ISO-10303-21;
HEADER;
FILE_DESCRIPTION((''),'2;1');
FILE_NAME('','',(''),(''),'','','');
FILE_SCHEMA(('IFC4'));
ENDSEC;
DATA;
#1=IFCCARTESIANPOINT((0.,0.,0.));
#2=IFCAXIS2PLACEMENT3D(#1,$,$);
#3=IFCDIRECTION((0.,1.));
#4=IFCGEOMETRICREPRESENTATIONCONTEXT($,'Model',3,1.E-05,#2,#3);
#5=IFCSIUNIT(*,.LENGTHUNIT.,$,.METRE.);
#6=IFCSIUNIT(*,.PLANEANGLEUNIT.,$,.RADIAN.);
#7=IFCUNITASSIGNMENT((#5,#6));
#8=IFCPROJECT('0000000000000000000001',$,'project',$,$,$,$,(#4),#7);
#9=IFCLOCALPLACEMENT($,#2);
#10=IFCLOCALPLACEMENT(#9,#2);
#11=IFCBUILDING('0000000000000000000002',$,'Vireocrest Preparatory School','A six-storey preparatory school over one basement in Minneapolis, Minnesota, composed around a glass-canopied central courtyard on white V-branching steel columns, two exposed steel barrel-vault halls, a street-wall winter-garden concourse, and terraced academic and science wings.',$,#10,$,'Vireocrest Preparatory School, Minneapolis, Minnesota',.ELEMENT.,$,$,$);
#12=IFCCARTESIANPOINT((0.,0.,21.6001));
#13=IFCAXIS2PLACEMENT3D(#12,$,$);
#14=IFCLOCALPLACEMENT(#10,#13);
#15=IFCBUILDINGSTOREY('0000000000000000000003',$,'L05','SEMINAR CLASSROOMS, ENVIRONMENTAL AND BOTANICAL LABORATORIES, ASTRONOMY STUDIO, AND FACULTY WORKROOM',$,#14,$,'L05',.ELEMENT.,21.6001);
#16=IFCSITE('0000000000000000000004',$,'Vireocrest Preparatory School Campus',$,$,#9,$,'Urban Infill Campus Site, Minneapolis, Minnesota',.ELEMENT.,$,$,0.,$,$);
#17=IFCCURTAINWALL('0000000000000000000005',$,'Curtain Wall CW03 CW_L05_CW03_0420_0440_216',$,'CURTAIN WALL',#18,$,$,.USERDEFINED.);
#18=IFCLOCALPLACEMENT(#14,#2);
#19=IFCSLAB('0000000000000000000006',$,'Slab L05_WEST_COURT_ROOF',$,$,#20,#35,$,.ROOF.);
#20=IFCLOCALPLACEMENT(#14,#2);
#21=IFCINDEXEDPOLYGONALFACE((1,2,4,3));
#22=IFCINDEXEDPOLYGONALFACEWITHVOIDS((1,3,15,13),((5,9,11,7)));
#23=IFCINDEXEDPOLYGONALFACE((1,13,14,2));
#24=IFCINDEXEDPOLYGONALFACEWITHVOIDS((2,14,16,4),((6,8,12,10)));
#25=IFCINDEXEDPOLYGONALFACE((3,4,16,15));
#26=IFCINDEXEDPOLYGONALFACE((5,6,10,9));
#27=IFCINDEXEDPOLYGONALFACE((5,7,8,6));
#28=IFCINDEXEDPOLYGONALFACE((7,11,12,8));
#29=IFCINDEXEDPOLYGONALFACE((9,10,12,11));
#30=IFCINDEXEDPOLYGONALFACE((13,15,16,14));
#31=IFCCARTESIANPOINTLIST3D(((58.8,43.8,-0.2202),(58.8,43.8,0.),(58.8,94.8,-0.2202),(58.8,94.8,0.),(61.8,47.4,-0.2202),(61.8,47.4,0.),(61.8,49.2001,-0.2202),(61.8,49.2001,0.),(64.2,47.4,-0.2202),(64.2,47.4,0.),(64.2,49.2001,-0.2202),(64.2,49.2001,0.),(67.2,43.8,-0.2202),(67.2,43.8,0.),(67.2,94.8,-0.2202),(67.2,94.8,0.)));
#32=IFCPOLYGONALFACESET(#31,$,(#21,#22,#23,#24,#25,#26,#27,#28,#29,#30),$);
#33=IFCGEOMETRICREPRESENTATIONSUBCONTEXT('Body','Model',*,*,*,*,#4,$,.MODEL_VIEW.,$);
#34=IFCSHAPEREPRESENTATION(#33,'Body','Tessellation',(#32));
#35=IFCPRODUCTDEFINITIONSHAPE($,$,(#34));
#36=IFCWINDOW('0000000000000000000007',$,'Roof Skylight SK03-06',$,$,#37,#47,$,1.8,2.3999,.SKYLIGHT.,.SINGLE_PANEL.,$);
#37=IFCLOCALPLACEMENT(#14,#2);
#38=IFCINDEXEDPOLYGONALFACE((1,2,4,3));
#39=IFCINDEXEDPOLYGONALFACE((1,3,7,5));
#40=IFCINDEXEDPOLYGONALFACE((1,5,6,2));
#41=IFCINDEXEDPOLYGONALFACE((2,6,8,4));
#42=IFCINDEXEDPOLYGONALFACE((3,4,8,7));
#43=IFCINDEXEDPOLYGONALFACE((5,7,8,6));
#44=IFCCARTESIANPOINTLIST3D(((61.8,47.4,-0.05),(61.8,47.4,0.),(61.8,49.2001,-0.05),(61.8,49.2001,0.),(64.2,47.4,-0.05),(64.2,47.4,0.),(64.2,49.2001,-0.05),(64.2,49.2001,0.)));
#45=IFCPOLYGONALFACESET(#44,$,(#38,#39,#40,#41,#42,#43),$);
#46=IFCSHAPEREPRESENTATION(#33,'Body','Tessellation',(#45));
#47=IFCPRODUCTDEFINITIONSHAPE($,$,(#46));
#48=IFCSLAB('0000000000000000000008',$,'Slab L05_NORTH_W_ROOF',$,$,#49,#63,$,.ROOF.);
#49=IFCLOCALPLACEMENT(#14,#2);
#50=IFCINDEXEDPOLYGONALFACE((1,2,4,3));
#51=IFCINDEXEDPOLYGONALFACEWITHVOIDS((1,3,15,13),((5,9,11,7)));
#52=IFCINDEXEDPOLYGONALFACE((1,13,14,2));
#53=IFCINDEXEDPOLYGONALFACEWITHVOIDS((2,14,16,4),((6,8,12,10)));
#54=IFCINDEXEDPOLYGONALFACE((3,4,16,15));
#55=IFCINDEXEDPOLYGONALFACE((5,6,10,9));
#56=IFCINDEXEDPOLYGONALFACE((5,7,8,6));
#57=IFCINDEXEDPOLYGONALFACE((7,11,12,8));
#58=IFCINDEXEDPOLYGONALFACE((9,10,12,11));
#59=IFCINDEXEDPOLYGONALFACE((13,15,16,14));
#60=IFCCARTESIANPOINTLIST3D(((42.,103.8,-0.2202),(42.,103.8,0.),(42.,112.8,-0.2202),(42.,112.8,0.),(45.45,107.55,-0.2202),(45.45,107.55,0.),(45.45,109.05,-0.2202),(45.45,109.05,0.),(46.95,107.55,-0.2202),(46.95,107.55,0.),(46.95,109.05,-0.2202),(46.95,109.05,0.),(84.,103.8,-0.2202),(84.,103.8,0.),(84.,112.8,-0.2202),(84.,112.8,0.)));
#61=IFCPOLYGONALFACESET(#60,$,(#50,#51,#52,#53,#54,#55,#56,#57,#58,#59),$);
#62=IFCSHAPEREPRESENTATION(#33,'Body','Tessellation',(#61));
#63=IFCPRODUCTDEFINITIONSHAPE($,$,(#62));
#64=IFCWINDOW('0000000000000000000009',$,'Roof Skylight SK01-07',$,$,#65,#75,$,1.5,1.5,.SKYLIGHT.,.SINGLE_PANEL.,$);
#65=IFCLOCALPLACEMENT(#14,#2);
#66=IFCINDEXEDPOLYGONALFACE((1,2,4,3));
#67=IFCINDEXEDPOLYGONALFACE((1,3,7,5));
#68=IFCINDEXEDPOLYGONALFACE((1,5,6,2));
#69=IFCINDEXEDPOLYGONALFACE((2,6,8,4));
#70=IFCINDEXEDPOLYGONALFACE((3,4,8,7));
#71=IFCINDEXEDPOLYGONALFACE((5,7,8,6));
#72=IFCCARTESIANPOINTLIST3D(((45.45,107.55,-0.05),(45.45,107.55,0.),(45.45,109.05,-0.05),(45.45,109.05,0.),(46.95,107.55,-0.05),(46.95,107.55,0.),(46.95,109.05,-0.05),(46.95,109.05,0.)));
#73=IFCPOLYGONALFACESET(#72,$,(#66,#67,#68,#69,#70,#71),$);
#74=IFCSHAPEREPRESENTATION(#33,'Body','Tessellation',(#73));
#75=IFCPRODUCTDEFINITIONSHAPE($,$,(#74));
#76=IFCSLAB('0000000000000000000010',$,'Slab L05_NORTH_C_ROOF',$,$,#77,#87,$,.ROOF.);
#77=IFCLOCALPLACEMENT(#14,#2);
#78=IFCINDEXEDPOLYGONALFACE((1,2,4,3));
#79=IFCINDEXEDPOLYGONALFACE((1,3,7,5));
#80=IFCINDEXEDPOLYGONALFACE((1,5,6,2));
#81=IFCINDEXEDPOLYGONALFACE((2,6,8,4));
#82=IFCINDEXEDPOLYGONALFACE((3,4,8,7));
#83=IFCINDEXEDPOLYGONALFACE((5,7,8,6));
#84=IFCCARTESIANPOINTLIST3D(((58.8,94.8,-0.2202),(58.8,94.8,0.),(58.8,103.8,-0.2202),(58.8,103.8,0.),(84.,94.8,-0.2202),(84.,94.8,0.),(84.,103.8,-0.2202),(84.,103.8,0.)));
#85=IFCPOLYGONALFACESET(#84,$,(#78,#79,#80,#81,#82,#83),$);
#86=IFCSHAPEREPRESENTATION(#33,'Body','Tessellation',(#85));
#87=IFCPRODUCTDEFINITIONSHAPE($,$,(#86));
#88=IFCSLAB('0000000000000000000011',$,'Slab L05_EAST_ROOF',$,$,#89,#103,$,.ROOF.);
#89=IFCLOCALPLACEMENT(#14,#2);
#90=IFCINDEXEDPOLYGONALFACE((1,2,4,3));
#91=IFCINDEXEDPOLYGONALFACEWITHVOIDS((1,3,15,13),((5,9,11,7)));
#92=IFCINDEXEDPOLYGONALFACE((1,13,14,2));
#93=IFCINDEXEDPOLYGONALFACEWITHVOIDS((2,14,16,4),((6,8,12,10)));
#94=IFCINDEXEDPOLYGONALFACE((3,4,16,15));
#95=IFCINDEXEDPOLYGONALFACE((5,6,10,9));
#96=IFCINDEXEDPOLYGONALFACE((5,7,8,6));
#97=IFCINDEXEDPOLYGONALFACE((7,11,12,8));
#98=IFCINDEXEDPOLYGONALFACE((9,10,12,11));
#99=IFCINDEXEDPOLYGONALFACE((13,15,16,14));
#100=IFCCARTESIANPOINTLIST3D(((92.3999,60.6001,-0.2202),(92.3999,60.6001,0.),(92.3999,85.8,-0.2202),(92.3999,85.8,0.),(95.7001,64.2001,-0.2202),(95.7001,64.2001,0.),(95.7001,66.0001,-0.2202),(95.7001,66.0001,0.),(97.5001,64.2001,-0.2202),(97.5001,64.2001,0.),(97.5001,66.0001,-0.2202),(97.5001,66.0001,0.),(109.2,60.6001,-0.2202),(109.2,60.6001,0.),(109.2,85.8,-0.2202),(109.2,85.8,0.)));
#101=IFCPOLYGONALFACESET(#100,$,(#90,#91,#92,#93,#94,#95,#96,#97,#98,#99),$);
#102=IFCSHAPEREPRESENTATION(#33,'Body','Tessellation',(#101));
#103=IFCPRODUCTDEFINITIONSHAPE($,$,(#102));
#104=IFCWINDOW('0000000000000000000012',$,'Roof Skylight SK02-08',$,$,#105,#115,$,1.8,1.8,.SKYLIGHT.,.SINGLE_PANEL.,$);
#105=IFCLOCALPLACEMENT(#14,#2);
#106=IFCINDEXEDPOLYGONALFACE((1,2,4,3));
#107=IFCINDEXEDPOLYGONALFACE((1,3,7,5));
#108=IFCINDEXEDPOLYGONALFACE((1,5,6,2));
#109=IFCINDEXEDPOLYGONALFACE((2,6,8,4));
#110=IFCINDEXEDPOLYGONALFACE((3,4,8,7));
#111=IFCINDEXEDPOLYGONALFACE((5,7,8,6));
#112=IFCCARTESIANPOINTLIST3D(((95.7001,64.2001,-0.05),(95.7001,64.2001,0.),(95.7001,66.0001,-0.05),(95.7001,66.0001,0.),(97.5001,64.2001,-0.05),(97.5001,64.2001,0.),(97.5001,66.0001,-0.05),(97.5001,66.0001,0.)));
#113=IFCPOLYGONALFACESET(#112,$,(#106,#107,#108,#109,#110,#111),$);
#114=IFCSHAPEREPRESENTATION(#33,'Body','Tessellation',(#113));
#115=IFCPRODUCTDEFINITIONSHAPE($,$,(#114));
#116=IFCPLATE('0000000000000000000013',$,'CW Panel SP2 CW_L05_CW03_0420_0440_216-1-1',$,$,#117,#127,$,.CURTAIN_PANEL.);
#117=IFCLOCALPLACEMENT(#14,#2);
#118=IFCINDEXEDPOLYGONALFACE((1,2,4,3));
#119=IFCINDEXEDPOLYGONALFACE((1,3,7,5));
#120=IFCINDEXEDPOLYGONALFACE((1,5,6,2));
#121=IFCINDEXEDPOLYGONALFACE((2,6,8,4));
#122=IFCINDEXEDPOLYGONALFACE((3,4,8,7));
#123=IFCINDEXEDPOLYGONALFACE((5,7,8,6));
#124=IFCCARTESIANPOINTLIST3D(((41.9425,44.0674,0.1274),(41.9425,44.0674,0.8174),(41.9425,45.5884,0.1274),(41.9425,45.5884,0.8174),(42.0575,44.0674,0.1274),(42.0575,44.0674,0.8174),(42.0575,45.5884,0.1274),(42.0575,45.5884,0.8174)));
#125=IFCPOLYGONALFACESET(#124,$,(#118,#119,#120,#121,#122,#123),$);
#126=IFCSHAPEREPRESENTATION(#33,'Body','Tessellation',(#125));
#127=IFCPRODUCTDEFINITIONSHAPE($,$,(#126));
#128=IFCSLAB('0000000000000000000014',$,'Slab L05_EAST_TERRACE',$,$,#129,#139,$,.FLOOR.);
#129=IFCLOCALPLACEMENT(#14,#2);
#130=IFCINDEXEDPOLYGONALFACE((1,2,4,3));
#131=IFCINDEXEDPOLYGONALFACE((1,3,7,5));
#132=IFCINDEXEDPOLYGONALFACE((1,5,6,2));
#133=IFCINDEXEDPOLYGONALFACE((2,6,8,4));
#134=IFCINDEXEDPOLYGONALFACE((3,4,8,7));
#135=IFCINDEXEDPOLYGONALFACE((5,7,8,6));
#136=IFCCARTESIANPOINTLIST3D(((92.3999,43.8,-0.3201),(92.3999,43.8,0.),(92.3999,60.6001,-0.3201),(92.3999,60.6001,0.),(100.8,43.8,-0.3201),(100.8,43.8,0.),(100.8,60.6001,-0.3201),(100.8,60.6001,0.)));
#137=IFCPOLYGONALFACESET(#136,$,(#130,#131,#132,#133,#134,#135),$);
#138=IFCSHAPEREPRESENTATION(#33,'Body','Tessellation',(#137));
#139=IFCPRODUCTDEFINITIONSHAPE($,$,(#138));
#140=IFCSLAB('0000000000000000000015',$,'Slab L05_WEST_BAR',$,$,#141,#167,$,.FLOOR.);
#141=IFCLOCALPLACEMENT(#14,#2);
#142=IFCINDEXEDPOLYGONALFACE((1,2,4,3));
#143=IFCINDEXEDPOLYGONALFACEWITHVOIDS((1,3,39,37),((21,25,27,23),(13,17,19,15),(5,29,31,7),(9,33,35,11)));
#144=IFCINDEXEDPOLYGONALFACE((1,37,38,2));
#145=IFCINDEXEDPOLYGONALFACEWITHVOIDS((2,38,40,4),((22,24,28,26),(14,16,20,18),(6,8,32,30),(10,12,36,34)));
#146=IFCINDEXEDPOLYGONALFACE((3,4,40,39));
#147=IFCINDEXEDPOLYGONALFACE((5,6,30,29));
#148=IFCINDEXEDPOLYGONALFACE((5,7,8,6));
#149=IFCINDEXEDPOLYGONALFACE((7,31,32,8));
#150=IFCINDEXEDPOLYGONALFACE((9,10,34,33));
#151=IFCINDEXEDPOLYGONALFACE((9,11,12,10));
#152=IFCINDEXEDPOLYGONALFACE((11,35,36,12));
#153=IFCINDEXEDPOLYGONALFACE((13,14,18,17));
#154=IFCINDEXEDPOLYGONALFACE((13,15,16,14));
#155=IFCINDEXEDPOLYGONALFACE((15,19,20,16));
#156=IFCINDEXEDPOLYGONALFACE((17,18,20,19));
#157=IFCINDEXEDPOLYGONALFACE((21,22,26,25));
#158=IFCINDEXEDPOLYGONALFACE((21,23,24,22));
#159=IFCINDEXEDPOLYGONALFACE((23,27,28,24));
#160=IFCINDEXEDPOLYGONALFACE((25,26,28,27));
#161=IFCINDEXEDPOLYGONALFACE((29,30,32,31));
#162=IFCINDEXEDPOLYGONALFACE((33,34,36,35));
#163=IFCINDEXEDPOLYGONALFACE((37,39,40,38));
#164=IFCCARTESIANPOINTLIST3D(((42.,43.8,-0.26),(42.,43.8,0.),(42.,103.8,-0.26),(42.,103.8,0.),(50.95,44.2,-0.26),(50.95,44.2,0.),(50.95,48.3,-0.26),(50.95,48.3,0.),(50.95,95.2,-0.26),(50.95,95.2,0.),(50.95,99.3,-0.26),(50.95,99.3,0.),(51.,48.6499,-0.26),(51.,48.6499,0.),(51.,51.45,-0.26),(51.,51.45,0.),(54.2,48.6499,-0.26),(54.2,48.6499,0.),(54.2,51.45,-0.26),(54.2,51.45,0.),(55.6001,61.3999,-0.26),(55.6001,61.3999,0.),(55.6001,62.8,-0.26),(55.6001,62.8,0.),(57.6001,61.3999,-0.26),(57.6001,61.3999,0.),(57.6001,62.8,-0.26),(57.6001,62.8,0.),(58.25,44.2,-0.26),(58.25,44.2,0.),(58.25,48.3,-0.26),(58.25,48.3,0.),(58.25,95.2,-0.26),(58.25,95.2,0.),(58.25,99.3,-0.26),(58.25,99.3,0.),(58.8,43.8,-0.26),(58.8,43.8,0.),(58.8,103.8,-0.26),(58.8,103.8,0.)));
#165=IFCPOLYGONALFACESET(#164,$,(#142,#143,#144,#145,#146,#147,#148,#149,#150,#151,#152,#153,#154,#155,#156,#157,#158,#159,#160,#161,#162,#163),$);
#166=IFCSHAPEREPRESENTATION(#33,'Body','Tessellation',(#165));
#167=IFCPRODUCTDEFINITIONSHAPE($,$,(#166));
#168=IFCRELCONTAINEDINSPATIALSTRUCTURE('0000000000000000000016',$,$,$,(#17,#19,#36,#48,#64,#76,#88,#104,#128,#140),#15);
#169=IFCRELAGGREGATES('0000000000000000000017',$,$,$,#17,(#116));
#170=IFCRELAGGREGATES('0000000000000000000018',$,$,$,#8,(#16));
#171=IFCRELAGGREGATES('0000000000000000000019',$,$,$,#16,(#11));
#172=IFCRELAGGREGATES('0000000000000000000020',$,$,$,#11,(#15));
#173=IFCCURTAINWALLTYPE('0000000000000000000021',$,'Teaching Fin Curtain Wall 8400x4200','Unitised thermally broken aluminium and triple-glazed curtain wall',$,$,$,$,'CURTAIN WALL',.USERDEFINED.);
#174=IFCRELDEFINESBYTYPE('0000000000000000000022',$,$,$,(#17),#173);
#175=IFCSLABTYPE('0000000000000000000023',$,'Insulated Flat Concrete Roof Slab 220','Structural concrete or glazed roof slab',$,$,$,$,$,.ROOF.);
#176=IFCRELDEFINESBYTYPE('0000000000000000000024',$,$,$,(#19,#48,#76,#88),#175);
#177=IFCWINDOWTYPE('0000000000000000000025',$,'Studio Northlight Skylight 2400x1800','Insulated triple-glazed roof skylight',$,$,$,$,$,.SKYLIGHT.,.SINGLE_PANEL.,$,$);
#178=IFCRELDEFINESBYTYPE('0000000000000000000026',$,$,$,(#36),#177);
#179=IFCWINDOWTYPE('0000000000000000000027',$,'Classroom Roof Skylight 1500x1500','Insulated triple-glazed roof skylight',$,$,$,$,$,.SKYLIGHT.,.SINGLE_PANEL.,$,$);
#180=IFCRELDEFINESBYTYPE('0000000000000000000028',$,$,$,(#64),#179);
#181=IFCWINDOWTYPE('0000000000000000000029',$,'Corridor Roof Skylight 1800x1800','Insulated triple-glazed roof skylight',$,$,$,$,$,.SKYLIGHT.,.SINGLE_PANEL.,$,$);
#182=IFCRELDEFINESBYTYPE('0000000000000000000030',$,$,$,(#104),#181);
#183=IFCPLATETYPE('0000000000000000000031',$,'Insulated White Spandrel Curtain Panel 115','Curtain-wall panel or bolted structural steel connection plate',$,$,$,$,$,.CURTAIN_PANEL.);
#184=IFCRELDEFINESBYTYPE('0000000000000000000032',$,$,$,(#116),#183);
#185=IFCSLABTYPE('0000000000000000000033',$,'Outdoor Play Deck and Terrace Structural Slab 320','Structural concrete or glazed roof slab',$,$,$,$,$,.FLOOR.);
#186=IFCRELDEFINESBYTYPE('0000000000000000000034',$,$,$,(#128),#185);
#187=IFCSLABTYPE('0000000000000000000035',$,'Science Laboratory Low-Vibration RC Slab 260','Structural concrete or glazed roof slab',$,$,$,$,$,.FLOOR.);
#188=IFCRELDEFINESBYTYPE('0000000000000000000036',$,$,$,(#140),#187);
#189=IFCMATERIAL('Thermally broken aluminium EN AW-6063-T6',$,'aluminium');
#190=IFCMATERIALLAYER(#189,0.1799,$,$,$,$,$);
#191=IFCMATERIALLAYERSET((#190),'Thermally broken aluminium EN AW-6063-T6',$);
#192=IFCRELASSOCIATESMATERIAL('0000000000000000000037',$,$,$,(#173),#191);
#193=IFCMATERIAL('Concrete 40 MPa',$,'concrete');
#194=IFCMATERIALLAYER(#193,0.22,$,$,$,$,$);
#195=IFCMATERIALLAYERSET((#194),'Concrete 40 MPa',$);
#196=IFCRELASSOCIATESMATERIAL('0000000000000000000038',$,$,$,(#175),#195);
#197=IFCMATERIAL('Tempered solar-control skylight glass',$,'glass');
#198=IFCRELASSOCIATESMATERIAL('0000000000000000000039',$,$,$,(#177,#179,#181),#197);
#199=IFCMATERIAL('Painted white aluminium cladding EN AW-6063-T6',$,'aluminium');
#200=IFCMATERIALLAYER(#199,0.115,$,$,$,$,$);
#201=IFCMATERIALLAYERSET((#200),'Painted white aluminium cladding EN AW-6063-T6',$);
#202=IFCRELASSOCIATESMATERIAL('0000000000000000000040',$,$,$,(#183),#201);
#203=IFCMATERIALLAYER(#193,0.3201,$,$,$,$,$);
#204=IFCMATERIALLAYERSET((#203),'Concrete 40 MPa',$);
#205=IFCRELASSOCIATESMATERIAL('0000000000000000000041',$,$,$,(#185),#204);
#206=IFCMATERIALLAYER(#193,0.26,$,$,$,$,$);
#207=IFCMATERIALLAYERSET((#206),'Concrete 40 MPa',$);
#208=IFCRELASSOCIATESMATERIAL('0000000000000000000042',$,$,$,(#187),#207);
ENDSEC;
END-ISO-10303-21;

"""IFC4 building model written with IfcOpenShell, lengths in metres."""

from ifc_helpers import new_model, si_unit, direction, frame, origin, origin_2d, place, context, subcontext, project, spatial, polyline, rectangle, outline, extrude, material, layer, layer_set, type_object, element, fill, aggregate, save


model = new_model("IFC4")

# Units and contexts
model_context = context("Model", 3, precision=1e-05, world=origin(), true_north=direction((0.0, 1.0)))
body_context = subcontext(model_context, "Body", "Model", "MODEL_VIEW")
ifc_project = project(units=[si_unit("LENGTHUNIT", "METRE"), si_unit("PLANEANGLEUNIT", "RADIAN")], contexts=[model_context])

# Site, building, storey
site_placement = place(None, origin())
site = spatial("IfcSite", under=ifc_project, at=site_placement, Name="Vireocrest Preparatory School Campus", LongName="Urban Infill Campus Site, Minneapolis, Minnesota", CompositionType="ELEMENT", RefElevation=0.0)
building_placement = place(site_placement, origin())
building = spatial("IfcBuilding", under=site, at=building_placement, Name="Vireocrest Preparatory School", Description="A six-storey preparatory school over one basement in Minneapolis, Minnesota, composed around a glass-canopied central courtyard on white V-branching steel columns, two exposed steel barrel-vault halls, a street-wall winter-garden concourse, and terraced academic and science wings.", LongName="Vireocrest Preparatory School, Minneapolis, Minnesota", CompositionType="ELEMENT")
storey_placement = place(building_placement, frame((0.0, 0.0, 21.6001)))
storey = spatial("IfcBuildingStorey", under=building, at=storey_placement, Name="L05", Description="SEMINAR CLASSROOMS, ENVIRONMENTAL AND BOTANICAL LABORATORIES, ASTRONOMY STUDIO, AND FACULTY WORKROOM", LongName="L05", CompositionType="ELEMENT", Elevation=21.6001)

# Curtain wall
ifc_material_1 = material(Name="Thermally broken aluminium EN AW-6063-T6", Category="aluminium")
ifc_layer_1 = layer(ifc_material_1, 0.1799)
ifc_layer_set_1 = layer_set([ifc_layer_1], Name="Thermally broken aluminium EN AW-6063-T6")
curtain_wall_type = type_object("IfcCurtainWallType", Name="Teaching Fin Curtain Wall 8400x4200", Description="Unitised thermally broken aluminium and triple-glazed curtain wall", ElementType="CURTAIN WALL", PredefinedType="USERDEFINED", material=ifc_layer_set_1)
curtain_wall_placement = place(storey_placement, origin())
curtain_wall = element("IfcCurtainWall", 1, at=curtain_wall_placement, inside=storey, type_object=curtain_wall_type, Name="Curtain Wall CW03 CW_L05_CW03_0420_0440_216", ObjectType="CURTAIN WALL", PredefinedType="USERDEFINED")

# Shared definitions
ifc_material_2 = material(Name="Concrete 40 MPa", Category="concrete")

# Slabs, openings, windows
ifc_layer_2 = layer(ifc_material_2, 0.22)
ifc_layer_set_2 = layer_set([ifc_layer_2], Name="Concrete 40 MPa")
slab_type_1 = type_object("IfcSlabType", Name="Insulated Flat Concrete Roof Slab 220", Description="Structural concrete or glazed roof slab", PredefinedType="ROOF", material=ifc_layer_set_2)
slab_1_placement = place(storey_placement, frame((0.0, 0.0, -0.2202)))
slab_1 = element("IfcSlab", 2, at=slab_1_placement, inside=storey, type_object=slab_type_1, Name="Slab L05_WEST_COURT_ROOF", PredefinedType="ROOF", context=body_context, shape_type="SweptSolid", body=[
    extrude(outline(polyline([(58.8, 43.8), (67.2, 43.8), (67.2, 94.8), (58.8, 94.8), (58.8, 43.8)])), origin(), (0.0, 0.0, 1.0), 0.2202),
])
opening_1_placement = place(slab_1_placement, frame((63.0, 48.3, -0.01)))
opening_1 = element("IfcOpeningElement", 3, at=opening_1_placement, cuts=slab_1, PredefinedType="OPENING", context=body_context, shape_type="SweptSolid", body=[
    extrude(rectangle(XDim=2.3999, YDim=1.8, at=origin_2d()), origin(), (0.0, 0.0, 1.0), 0.2402),
])
ifc_material_3 = material(Name="Tempered solar-control skylight glass", Category="glass")
window_type_1 = type_object("IfcWindowType", Name="Studio Northlight Skylight 2400x1800", Description="Insulated triple-glazed roof skylight", PartitioningType="SINGLE_PANEL", PredefinedType="SKYLIGHT", material=ifc_material_3)
window_1_placement = place(opening_1_placement, frame((0.0, 0.0, 0.1802)))
window_1 = element("IfcWindow", 4, at=window_1_placement, inside=storey, type_object=window_type_1, Name="Roof Skylight SK03-06", OverallHeight=1.8, OverallWidth=2.3999, PartitioningType="SINGLE_PANEL", PredefinedType="SKYLIGHT", context=body_context, shape_type="SweptSolid", body=[
    extrude(rectangle(XDim=2.3999, YDim=1.8, at=origin_2d()), origin(), (0.0, 0.0, 1.0), 0.05),
])
fill(opening_1, window_1)
slab_2_placement = place(storey_placement, frame((0.0, 0.0, -0.2202)))
slab_2 = element("IfcSlab", 5, at=slab_2_placement, inside=storey, type_object=slab_type_1, Name="Slab L05_NORTH_W_ROOF", PredefinedType="ROOF", context=body_context, shape_type="SweptSolid", body=[
    extrude(outline(polyline([(42.0, 103.8), (84.0, 103.8), (84.0, 112.8), (42.0, 112.8), (42.0, 103.8)])), origin(), (0.0, 0.0, 1.0), 0.2202),
])
opening_2_placement = place(slab_2_placement, frame((46.2, 108.3, -0.01)))
opening_2 = element("IfcOpeningElement", 6, at=opening_2_placement, cuts=slab_2, PredefinedType="OPENING", context=body_context, shape_type="SweptSolid", body=[
    extrude(rectangle(XDim=1.5, YDim=1.5, at=origin_2d()), origin(), (0.0, 0.0, 1.0), 0.2402),
])
window_type_2 = type_object("IfcWindowType", Name="Classroom Roof Skylight 1500x1500", Description="Insulated triple-glazed roof skylight", PartitioningType="SINGLE_PANEL", PredefinedType="SKYLIGHT", material=ifc_material_3)
window_2_placement = place(opening_2_placement, frame((0.0, 0.0, 0.1802)))
window_2 = element("IfcWindow", 7, at=window_2_placement, inside=storey, type_object=window_type_2, Name="Roof Skylight SK01-07", OverallHeight=1.5, OverallWidth=1.5, PartitioningType="SINGLE_PANEL", PredefinedType="SKYLIGHT", context=body_context, shape_type="SweptSolid", body=[
    extrude(rectangle(XDim=1.5, YDim=1.5, at=origin_2d()), origin(), (0.0, 0.0, 1.0), 0.05),
])
fill(opening_2, window_2)

# Slab
slab_3_placement = place(storey_placement, frame((0.0, 0.0, -0.2202)))
element("IfcSlab", 8, at=slab_3_placement, inside=storey, type_object=slab_type_1, Name="Slab L05_NORTH_C_ROOF", PredefinedType="ROOF", context=body_context, shape_type="SweptSolid", body=[
    extrude(outline(polyline([(58.8, 94.8), (84.0, 94.8), (84.0, 103.8), (58.8, 103.8), (58.8, 94.8)])), origin(), (0.0, 0.0, 1.0), 0.2202),
])

# Slab, opening, window
slab_4_placement = place(storey_placement, frame((0.0, 0.0, -0.2202)))
slab_4 = element("IfcSlab", 9, at=slab_4_placement, inside=storey, type_object=slab_type_1, Name="Slab L05_EAST_ROOF", PredefinedType="ROOF", context=body_context, shape_type="SweptSolid", body=[
    extrude(outline(polyline([(92.3999, 60.6001), (109.2, 60.6001), (109.2, 85.8), (92.3999, 85.8), (92.3999, 60.6001)])), origin(), (0.0, 0.0, 1.0), 0.2202),
])
opening_3_placement = place(slab_4_placement, frame((96.6001, 65.1001, -0.01)))
opening_3 = element("IfcOpeningElement", 10, at=opening_3_placement, cuts=slab_4, PredefinedType="OPENING", context=body_context, shape_type="SweptSolid", body=[
    extrude(rectangle(XDim=1.8, YDim=1.8, at=origin_2d()), origin(), (0.0, 0.0, 1.0), 0.2402),
])
window_type_3 = type_object("IfcWindowType", Name="Corridor Roof Skylight 1800x1800", Description="Insulated triple-glazed roof skylight", PartitioningType="SINGLE_PANEL", PredefinedType="SKYLIGHT", material=ifc_material_3)
window_3_placement = place(opening_3_placement, frame((0.0, 0.0, 0.1802)))
window_3 = element("IfcWindow", 11, at=window_3_placement, inside=storey, type_object=window_type_3, Name="Roof Skylight SK02-08", OverallHeight=1.8, OverallWidth=1.8, PartitioningType="SINGLE_PANEL", PredefinedType="SKYLIGHT", context=body_context, shape_type="SweptSolid", body=[
    extrude(rectangle(XDim=1.8, YDim=1.8, at=origin_2d()), origin(), (0.0, 0.0, 1.0), 0.05),
])
fill(opening_3, window_3)

# Plate
ifc_material_4 = material(Name="Painted white aluminium cladding EN AW-6063-T6", Category="aluminium")
ifc_layer_3 = layer(ifc_material_4, 0.115)
ifc_layer_set_3 = layer_set([ifc_layer_3], Name="Painted white aluminium cladding EN AW-6063-T6")
plate_type_1 = type_object("IfcPlateType", Name="Insulated White Spandrel Curtain Panel 115", Description="Curtain-wall panel or bolted structural steel connection plate", PredefinedType="CURTAIN_PANEL", material=ifc_layer_set_3)
plate_1_placement = place(storey_placement, frame((42.0, 44.8279, 0.1274), z_axis=(0.0, 0.0, 1.0), x_axis=(0.0, 1.0, 0.0)))
plate_1 = element("IfcPlate", 12, at=plate_1_placement, type_object=plate_type_1, Name="CW Panel SP2 CW_L05_CW03_0420_0440_216-1-1", PredefinedType="CURTAIN_PANEL", context=body_context, shape_type="SweptSolid", body=[
    extrude(rectangle(XDim=1.521, YDim=0.115, at=origin_2d()), origin(), (0.0, 0.0, 1.0), 0.6899),
])
aggregate(curtain_wall, [plate_1])

# Slab
ifc_layer_4 = layer(ifc_material_2, 0.3201)
ifc_layer_set_4 = layer_set([ifc_layer_4], Name="Concrete 40 MPa")
slab_type_2 = type_object("IfcSlabType", Name="Outdoor Play Deck and Terrace Structural Slab 320", Description="Structural concrete or glazed roof slab", PredefinedType="FLOOR", material=ifc_layer_set_4)
slab_5_placement = place(storey_placement, frame((0.0, 0.0, -0.3201)))
element("IfcSlab", 13, at=slab_5_placement, inside=storey, type_object=slab_type_2, Name="Slab L05_EAST_TERRACE", PredefinedType="FLOOR", context=body_context, shape_type="SweptSolid", body=[
    extrude(outline(polyline([(92.3999, 43.8), (100.8, 43.8), (100.8, 60.6001), (92.3999, 60.6001), (92.3999, 43.8)])), origin(), (0.0, 0.0, 1.0), 0.3201),
])

# Slab, openings
ifc_layer_5 = layer(ifc_material_2, 0.26)
ifc_layer_set_5 = layer_set([ifc_layer_5], Name="Concrete 40 MPa")
slab_type_3 = type_object("IfcSlabType", Name="Science Laboratory Low-Vibration RC Slab 260", Description="Structural concrete or glazed roof slab", PredefinedType="FLOOR", material=ifc_layer_set_5)
slab_6_placement = place(storey_placement, frame((0.0, 0.0, -0.26)))
slab_6 = element("IfcSlab", 14, at=slab_6_placement, inside=storey, type_object=slab_type_3, Name="Slab L05_WEST_BAR", PredefinedType="FLOOR", context=body_context, shape_type="SweptSolid", body=[
    extrude(outline(polyline([(42.0, 43.8), (58.8, 43.8), (58.8, 103.8), (42.0, 103.8), (42.0, 43.8)])), origin(), (0.0, 0.0, 1.0), 0.26),
])
opening_4_placement = place(slab_6_placement, frame((0.0, 0.0, -0.01)))
element("IfcOpeningElement", 15, at=opening_4_placement, cuts=slab_6, PredefinedType="OPENING", context=body_context, shape_type="SweptSolid", body=[
    extrude(outline(polyline([(50.95, 44.2), (58.25, 44.2), (58.25, 48.3), (50.95, 48.3), (50.95, 44.2)])), origin(), (0.0, 0.0, 1.0), 0.28),
])
opening_5_placement = place(slab_6_placement, frame((0.0, 0.0, -0.01)))
element("IfcOpeningElement", 16, at=opening_5_placement, cuts=slab_6, PredefinedType="OPENING", context=body_context, shape_type="SweptSolid", body=[
    extrude(outline(polyline([(51.0, 48.6499), (54.2, 48.6499), (54.2, 51.45), (51.0, 51.45), (51.0, 48.6499)])), origin(), (0.0, 0.0, 1.0), 0.28),
])
opening_6_placement = place(slab_6_placement, frame((0.0, 0.0, -0.01)))
element("IfcOpeningElement", 17, at=opening_6_placement, cuts=slab_6, PredefinedType="OPENING", context=body_context, shape_type="SweptSolid", body=[
    extrude(outline(polyline([(50.95, 95.2), (58.25, 95.2), (58.25, 99.3), (50.95, 99.3), (50.95, 95.2)])), origin(), (0.0, 0.0, 1.0), 0.28),
])
opening_7_placement = place(slab_6_placement, frame((0.0, 0.0, -0.01)))
element("IfcOpeningElement", 18, at=opening_7_placement, cuts=slab_6, PredefinedType="OPENING", context=body_context, shape_type="SweptSolid", body=[
    extrude(outline(polyline([(55.6001, 61.3999), (57.6001, 61.3999), (57.6001, 62.8), (55.6001, 62.8), (55.6001, 61.3999)])), origin(), (0.0, 0.0, 1.0), 0.28),
])

save(model, "model.ifc")
